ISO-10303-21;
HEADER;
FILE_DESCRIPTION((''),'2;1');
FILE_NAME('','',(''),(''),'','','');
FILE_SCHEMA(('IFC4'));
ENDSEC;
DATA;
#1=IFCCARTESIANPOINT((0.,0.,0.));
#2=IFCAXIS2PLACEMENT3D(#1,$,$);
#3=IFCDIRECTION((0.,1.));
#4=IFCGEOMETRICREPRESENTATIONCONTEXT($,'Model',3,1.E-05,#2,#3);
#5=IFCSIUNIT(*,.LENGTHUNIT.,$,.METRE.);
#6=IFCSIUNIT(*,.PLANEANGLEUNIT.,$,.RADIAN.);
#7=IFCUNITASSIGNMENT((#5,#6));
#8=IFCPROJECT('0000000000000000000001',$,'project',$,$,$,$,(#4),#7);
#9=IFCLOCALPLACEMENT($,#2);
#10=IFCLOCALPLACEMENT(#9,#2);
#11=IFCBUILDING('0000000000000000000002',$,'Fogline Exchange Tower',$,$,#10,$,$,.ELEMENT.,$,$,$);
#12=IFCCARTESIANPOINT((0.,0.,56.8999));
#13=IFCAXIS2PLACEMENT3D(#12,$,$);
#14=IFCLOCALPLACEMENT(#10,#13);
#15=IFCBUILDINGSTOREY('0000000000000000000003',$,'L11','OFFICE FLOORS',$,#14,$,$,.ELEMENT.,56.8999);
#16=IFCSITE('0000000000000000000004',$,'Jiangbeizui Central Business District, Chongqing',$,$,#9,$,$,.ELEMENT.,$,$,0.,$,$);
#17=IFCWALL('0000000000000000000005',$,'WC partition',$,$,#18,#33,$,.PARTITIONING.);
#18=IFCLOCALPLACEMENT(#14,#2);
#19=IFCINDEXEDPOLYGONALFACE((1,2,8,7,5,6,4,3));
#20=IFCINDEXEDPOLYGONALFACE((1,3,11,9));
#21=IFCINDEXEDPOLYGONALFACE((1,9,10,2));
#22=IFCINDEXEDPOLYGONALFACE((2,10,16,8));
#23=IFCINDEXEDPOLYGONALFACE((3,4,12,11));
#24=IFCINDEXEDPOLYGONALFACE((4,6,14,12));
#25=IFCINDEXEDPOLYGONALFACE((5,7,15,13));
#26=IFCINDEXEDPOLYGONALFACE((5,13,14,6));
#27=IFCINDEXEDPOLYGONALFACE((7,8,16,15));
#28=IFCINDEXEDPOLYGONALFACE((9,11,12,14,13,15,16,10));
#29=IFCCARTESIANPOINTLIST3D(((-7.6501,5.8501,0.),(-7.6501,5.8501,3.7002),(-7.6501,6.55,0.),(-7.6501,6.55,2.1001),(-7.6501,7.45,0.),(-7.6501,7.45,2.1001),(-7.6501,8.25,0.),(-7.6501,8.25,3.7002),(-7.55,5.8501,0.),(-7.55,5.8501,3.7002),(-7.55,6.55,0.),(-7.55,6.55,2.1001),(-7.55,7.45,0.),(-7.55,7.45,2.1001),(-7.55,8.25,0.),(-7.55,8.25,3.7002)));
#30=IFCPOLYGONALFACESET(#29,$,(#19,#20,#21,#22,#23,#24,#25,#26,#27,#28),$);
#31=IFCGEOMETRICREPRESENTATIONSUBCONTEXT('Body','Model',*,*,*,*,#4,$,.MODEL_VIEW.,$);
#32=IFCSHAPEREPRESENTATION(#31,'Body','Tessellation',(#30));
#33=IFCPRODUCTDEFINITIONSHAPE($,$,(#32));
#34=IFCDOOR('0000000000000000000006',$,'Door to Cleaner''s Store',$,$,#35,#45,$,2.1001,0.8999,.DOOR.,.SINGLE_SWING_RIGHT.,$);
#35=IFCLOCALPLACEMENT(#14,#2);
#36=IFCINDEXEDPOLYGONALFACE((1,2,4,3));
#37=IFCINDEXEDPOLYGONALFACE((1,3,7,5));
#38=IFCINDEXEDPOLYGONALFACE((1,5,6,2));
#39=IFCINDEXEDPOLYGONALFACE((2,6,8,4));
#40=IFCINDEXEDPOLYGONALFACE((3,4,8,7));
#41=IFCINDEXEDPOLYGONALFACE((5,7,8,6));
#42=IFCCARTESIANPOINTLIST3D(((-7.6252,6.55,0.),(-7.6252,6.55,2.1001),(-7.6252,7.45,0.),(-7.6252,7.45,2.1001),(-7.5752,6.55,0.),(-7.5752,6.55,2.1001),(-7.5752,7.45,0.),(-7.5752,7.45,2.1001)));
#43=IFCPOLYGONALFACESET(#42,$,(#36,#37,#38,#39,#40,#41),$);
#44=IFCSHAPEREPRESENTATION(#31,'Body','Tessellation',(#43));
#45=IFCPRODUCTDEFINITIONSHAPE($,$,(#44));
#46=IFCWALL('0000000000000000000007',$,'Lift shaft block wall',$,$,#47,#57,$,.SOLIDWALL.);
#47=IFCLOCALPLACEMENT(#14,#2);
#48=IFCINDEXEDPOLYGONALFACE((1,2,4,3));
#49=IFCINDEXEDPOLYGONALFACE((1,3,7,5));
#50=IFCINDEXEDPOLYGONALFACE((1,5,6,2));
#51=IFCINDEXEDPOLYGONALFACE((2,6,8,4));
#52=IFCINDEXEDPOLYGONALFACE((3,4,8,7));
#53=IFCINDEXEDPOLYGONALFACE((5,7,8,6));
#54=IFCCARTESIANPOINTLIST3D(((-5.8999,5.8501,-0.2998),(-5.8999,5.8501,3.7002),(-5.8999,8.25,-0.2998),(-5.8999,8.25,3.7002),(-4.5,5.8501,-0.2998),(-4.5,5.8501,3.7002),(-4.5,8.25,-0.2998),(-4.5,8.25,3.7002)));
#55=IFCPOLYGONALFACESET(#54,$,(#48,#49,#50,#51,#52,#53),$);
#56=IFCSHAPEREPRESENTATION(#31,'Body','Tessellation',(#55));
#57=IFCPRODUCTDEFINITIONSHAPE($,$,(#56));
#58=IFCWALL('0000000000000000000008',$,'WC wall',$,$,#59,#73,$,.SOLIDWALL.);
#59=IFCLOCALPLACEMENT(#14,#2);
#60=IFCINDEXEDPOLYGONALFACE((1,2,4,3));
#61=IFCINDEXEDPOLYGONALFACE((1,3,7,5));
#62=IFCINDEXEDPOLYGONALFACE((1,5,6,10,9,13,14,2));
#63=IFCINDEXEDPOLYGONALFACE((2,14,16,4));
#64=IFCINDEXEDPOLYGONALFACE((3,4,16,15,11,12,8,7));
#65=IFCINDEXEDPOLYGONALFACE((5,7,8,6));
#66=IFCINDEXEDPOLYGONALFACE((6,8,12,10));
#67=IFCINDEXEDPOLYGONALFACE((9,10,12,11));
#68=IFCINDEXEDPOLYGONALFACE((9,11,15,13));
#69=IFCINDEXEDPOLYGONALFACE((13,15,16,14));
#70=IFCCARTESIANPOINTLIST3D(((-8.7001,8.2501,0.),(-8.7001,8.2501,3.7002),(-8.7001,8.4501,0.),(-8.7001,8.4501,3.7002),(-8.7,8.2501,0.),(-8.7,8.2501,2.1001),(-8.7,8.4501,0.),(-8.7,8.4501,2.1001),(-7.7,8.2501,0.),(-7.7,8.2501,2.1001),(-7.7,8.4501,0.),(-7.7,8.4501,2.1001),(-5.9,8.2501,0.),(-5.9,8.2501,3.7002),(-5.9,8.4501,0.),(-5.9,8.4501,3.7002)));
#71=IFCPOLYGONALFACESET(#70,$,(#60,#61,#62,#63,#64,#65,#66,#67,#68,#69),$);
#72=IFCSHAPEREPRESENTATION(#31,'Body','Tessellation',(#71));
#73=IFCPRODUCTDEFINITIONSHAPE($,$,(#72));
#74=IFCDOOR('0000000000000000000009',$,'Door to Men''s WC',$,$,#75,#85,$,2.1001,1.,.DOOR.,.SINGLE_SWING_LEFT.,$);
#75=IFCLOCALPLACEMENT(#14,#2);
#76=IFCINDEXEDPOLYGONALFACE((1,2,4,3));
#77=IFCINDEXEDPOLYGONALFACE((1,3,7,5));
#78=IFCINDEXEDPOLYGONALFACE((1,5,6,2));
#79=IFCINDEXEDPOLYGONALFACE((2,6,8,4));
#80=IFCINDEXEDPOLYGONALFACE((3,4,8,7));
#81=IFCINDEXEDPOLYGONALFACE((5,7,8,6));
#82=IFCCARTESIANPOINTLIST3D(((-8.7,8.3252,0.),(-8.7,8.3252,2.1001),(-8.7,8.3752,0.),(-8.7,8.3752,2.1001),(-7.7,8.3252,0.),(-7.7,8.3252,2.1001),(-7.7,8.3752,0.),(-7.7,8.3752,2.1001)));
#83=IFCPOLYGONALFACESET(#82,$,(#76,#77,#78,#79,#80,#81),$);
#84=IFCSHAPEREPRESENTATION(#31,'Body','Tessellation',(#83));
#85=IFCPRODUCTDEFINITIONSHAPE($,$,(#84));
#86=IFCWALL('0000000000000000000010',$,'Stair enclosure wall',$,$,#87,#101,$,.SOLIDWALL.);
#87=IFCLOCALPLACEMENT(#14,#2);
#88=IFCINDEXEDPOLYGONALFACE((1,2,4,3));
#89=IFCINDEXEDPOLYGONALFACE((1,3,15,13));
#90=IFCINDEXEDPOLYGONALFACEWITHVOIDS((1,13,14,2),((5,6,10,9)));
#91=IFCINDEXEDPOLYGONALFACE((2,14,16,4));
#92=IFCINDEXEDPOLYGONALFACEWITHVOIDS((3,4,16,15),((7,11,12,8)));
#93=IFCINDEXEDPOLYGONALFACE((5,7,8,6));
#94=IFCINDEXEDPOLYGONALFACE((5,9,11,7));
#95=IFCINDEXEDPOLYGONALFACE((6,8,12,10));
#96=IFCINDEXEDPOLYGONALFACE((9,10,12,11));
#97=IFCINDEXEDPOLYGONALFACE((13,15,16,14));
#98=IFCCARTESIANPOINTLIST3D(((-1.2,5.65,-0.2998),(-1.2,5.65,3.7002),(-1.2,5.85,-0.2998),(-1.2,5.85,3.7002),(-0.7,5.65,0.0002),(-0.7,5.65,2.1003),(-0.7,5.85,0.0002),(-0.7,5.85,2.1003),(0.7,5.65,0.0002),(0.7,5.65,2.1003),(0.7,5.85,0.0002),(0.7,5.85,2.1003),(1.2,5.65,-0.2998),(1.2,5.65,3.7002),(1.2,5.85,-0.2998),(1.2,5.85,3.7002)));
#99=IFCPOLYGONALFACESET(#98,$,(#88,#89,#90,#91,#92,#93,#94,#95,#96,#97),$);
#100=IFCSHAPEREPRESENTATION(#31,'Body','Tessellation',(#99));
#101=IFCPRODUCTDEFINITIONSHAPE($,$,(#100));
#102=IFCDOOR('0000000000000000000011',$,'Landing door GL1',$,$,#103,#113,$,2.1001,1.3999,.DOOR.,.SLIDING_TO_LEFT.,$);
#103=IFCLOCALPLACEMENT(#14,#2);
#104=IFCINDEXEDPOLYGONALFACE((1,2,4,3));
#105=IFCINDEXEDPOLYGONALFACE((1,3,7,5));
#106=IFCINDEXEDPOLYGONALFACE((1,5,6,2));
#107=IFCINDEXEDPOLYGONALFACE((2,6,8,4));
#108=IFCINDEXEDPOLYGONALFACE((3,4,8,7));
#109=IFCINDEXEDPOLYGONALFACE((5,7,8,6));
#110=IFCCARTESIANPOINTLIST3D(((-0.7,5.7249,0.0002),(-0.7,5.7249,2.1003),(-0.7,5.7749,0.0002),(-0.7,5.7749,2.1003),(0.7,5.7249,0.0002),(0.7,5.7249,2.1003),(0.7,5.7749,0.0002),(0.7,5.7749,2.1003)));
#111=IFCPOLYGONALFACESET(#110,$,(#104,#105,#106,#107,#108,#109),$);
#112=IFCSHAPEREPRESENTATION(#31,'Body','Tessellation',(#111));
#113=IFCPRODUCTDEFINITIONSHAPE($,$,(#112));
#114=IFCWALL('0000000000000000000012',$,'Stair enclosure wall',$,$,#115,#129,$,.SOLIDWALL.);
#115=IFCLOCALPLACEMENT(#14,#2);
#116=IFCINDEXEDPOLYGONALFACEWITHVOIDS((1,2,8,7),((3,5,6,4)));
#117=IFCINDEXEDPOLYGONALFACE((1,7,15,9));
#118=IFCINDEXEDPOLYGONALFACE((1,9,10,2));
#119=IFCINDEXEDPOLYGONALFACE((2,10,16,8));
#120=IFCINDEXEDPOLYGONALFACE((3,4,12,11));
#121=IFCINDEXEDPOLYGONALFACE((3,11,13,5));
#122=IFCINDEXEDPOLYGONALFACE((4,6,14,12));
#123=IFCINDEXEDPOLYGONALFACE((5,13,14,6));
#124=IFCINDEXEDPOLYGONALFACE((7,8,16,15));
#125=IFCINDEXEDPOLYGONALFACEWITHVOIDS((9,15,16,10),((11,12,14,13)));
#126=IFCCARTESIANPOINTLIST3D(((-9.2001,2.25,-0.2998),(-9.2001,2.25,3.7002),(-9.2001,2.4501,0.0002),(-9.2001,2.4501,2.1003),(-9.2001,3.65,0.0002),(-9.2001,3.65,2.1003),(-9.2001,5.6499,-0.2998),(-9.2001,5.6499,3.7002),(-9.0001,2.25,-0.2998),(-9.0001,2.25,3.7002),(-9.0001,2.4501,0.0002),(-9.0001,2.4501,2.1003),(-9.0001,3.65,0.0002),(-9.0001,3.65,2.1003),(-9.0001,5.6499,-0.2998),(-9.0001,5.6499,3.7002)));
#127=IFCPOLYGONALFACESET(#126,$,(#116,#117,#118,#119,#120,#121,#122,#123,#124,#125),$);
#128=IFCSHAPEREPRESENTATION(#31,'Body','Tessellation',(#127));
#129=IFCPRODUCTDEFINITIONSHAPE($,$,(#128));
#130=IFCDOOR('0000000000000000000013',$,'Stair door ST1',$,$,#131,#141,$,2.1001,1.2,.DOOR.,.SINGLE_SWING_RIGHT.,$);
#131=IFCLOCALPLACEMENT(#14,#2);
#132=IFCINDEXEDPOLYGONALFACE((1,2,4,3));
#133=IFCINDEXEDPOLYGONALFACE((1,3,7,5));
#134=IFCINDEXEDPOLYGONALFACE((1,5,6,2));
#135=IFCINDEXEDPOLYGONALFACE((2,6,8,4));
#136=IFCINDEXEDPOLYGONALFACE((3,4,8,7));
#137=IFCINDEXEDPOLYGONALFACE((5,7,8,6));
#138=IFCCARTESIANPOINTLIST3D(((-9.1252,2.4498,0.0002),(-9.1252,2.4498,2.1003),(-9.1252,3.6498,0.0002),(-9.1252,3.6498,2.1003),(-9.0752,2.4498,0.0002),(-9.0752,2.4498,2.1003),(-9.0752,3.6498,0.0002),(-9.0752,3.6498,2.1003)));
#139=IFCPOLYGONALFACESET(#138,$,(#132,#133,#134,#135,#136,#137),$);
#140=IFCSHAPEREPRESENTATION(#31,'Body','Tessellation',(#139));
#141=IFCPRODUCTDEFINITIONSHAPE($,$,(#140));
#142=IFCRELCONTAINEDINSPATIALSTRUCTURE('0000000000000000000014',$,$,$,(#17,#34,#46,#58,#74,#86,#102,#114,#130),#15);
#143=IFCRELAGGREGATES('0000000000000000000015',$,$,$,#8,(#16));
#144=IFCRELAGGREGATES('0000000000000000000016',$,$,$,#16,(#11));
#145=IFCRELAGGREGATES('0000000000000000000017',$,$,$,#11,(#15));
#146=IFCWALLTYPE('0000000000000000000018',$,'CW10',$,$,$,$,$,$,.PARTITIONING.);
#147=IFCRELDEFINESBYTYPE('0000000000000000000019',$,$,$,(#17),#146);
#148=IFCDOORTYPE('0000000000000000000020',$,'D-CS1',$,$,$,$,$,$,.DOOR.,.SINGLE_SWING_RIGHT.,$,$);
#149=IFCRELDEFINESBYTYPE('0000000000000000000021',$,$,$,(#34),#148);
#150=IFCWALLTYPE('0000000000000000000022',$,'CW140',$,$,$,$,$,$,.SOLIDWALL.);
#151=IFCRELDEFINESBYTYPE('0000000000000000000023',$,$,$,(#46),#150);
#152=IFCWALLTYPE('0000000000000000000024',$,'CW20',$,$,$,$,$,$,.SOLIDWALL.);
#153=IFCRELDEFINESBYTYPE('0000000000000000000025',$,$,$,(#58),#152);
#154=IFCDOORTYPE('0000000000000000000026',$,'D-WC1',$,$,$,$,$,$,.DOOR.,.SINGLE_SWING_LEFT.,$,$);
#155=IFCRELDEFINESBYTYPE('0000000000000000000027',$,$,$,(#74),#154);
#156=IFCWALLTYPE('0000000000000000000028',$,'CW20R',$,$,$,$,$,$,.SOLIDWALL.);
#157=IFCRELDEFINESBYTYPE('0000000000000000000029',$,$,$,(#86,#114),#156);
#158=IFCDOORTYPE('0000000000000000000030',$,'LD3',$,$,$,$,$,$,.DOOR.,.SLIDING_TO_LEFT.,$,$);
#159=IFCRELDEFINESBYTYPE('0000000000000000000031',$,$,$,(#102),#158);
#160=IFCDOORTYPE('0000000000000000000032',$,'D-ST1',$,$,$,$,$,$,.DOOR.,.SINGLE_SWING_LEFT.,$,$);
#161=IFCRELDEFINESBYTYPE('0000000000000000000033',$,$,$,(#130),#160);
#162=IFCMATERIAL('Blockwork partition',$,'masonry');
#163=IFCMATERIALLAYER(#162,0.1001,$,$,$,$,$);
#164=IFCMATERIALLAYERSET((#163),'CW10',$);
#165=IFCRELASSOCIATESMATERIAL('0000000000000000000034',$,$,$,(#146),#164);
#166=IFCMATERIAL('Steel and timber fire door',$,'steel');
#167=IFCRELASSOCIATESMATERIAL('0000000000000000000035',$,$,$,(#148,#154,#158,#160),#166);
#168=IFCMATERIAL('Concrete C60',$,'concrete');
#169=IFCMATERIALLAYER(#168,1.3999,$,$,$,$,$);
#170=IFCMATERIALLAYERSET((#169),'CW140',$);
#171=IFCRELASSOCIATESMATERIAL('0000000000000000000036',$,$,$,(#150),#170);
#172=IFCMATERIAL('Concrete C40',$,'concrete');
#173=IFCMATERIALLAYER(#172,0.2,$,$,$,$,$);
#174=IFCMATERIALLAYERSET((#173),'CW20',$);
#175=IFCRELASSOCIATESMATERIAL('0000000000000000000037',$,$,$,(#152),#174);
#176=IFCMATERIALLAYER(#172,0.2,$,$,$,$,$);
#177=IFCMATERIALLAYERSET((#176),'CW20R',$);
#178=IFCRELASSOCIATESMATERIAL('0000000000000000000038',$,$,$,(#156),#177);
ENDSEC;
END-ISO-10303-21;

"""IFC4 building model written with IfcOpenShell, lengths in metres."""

from ifc_helpers import new_model, si_unit, direction, frame, frame_2d, origin, place, context, subcontext, project, spatial, rectangle, extrude, material, layer, layer_set, type_object, element, fill, save


model = new_model("IFC4")

# Units and contexts
model_context = context("Model", 3, precision=1e-05, world=origin(), true_north=direction((0.0, 1.0)))
body_context = subcontext(model_context, "Body", "Model", "MODEL_VIEW")
ifc_project = project(units=[si_unit("LENGTHUNIT", "METRE"), si_unit("PLANEANGLEUNIT", "RADIAN")], contexts=[model_context])

# Site, building, storey
site_placement = place(None, origin())
site = spatial("IfcSite", under=ifc_project, at=site_placement, Name="Jiangbeizui Central Business District, Chongqing", CompositionType="ELEMENT", RefElevation=0.0)
building_placement = place(site_placement, origin())
building = spatial("IfcBuilding", under=site, at=building_placement, Name="Fogline Exchange Tower", CompositionType="ELEMENT")
storey_placement = place(building_placement, frame((0.0, 0.0, 56.8999)))
storey = spatial("IfcBuildingStorey", under=building, at=storey_placement, Name="L11", Description="OFFICE FLOORS", CompositionType="ELEMENT", Elevation=56.8999)

# Wall, opening, door
ifc_material_1 = material(Name="Blockwork partition", Category="masonry")
ifc_layer_1 = layer(ifc_material_1, 0.1001)
ifc_layer_set_1 = layer_set([ifc_layer_1], Name="CW10")
wall_type_1 = type_object("IfcWallType", Name="CW10", PredefinedType="PARTITIONING", material=ifc_layer_set_1)
wall_1_placement = place(storey_placement, frame((-7.6001, 5.8501, 0.0), z_axis=(0.0, 0.0, 1.0), x_axis=(0.0, 1.0, 0.0)))
wall_1 = element("IfcWall", 1, at=wall_1_placement, inside=storey, type_object=wall_type_1, Name="WC partition", PredefinedType="PARTITIONING", context=body_context, shape_type="SweptSolid", body=[
    extrude(rectangle(XDim=2.3999, YDim=0.1001, at=frame_2d((1.2, 0.0))), origin(), (0.0, 0.0, 1.0), 3.7002),
])
opening_1_placement = place(wall_1_placement, frame((0.7, 0.0, 0.0)))
opening_1 = element("IfcOpeningElement", 2, at=opening_1_placement, cuts=wall_1, PredefinedType="OPENING", context=body_context, shape_type="SweptSolid", body=[
    extrude(rectangle(XDim=0.8999, YDim=2.1001, at=frame_2d((0.45, 1.05))), frame((0.0, 0.0601, 0.0), z_axis=(0.0, -1.0, 0.0), x_axis=(1.0, 0.0, 0.0)), (0.0, 0.0, 1.0), 0.1201),
])
ifc_material_2 = material(Name="Steel and timber fire door", Category="steel")
door_type_1 = type_object("IfcDoorType", Name="D-CS1", OperationType="SINGLE_SWING_RIGHT", PredefinedType="DOOR", material=ifc_material_2)
door_1_placement = place(opening_1_placement, frame((0.8999, 0.0, 0.0), z_axis=(0.0, 0.0, 1.0), x_axis=(-1.0, 0.0, 0.0)))
door_1 = element("IfcDoor", 3, at=door_1_placement, inside=storey, type_object=door_type_1, Name="Door to Cleaner's Store", OperationType="SINGLE_SWING_RIGHT", OverallHeight=2.1001, OverallWidth=0.8999, PredefinedType="DOOR", context=body_context, shape_type="SweptSolid", body=[
    extrude(rectangle(XDim=0.8999, YDim=2.1001, at=frame_2d((0.45, 1.05))), frame((0.0, 0.0249, 0.0), z_axis=(0.0, -1.0, 0.0), x_axis=(1.0, 0.0, 0.0)), (0.0, 0.0, 1.0), 0.05),
])
fill(opening_1, door_1)

# Wall
ifc_material_3 = material(Name="Concrete C60", Category="concrete")
ifc_layer_2 = layer(ifc_material_3, 1.3999)
ifc_layer_set_2 = layer_set([ifc_layer_2], Name="CW140")
wall_type_2 = type_object("IfcWallType", Name="CW140", PredefinedType="SOLIDWALL", material=ifc_layer_set_2)
wall_2_placement = place(storey_placement, frame((-5.2, 5.8501, -0.2998), z_axis=(0.0, 0.0, 1.0), x_axis=(0.0, 1.0, 0.0)))
element("IfcWall", 4, at=wall_2_placement, inside=storey, type_object=wall_type_2, Name="Lift shaft block wall", PredefinedType="SOLIDWALL", context=body_context, shape_type="SweptSolid", body=[
    extrude(rectangle(XDim=2.3999, YDim=1.3999, at=frame_2d((1.2, 0.0))), origin(), (0.0, 0.0, 1.0), 4.0),
])

# Walls, openings, doors
ifc_material_4 = material(Name="Concrete C40", Category="concrete")
ifc_layer_3 = layer(ifc_material_4, 0.2)
ifc_layer_set_3 = layer_set([ifc_layer_3], Name="CW20")
wall_type_3 = type_object("IfcWallType", Name="CW20", PredefinedType="SOLIDWALL", material=ifc_layer_set_3)
wall_3_placement = place(storey_placement, frame((-8.7, 8.3501, 0.0), z_axis=(0.0, 0.0, 1.0), x_axis=(1.0, 0.0, 0.0)))
wall_3 = element("IfcWall", 5, at=wall_3_placement, inside=storey, type_object=wall_type_3, Name="WC wall", PredefinedType="SOLIDWALL", context=body_context, shape_type="SweptSolid", body=[
    extrude(rectangle(XDim=2.8, YDim=0.2, at=frame_2d((1.3999, 0.0))), origin(), (0.0, 0.0, 1.0), 3.7002),
])
opening_2_placement = place(wall_3_placement, origin())
opening_2 = element("IfcOpeningElement", 6, at=opening_2_placement, cuts=wall_3, PredefinedType="OPENING", context=body_context, shape_type="SweptSolid", body=[
    extrude(rectangle(XDim=1.0, YDim=2.1001, at=frame_2d((0.5, 1.05))), frame((0.0, 0.1099, 0.0), z_axis=(0.0, -1.0, 0.0), x_axis=(1.0, 0.0, 0.0)), (0.0, 0.0, 1.0), 0.22),
])
door_type_2 = type_object("IfcDoorType", Name="D-WC1", OperationType="SINGLE_SWING_LEFT", PredefinedType="DOOR", material=ifc_material_2)
door_2_placement = place(opening_2_placement, frame((1.0, 0.0, 0.0), z_axis=(0.0, 0.0, 1.0), x_axis=(-1.0, 0.0, 0.0)))
door_2 = element("IfcDoor", 7, at=door_2_placement, inside=storey, type_object=door_type_2, Name="Door to Men's WC", OperationType="SINGLE_SWING_LEFT", OverallHeight=2.1001, OverallWidth=1.0, PredefinedType="DOOR", context=body_context, shape_type="SweptSolid", body=[
    extrude(rectangle(XDim=1.0, YDim=2.1001, at=frame_2d((0.5, 1.05))), frame((0.0, 0.0249, 0.0), z_axis=(0.0, -1.0, 0.0), x_axis=(1.0, 0.0, 0.0)), (0.0, 0.0, 1.0), 0.05),
])
fill(opening_2, door_2)
ifc_layer_4 = layer(ifc_material_4, 0.2)
ifc_layer_set_4 = layer_set([ifc_layer_4], Name="CW20R")
wall_type_4 = type_object("IfcWallType", Name="CW20R", PredefinedType="SOLIDWALL", material=ifc_layer_set_4)
wall_4_placement = place(storey_placement, frame((-1.2, 5.75, -0.2998), z_axis=(0.0, 0.0, 1.0), x_axis=(1.0, 0.0, 0.0)))
wall_4 = element("IfcWall", 8, at=wall_4_placement, inside=storey, type_object=wall_type_4, Name="Stair enclosure wall", PredefinedType="SOLIDWALL", context=body_context, shape_type="SweptSolid", body=[
    extrude(rectangle(XDim=2.3999, YDim=0.2, at=frame_2d((1.2, 0.0))), origin(), (0.0, 0.0, 1.0), 4.0),
])
opening_3_placement = place(wall_4_placement, frame((0.5, 0.0, 0.3)))
opening_3 = element("IfcOpeningElement", 9, at=opening_3_placement, cuts=wall_4, PredefinedType="OPENING", context=body_context, shape_type="SweptSolid", body=[
    extrude(rectangle(XDim=1.3999, YDim=2.1001, at=frame_2d((0.7, 1.05))), frame((0.0, 0.1099, 0.0), z_axis=(0.0, -1.0, 0.0), x_axis=(1.0, 0.0, 0.0)), (0.0, 0.0, 1.0), 0.22),
])
door_type_3 = type_object("IfcDoorType", Name="LD3", OperationType="SLIDING_TO_LEFT", PredefinedType="DOOR", material=ifc_material_2)
door_3_placement = place(opening_3_placement, origin())
door_3 = element("IfcDoor", 10, at=door_3_placement, inside=storey, type_object=door_type_3, Name="Landing door GL1", OperationType="SLIDING_TO_LEFT", OverallHeight=2.1001, OverallWidth=1.3999, PredefinedType="DOOR", context=body_context, shape_type="SweptSolid", body=[
    extrude(rectangle(XDim=1.3999, YDim=2.1001, at=frame_2d((0.7, 1.05))), frame((0.0, 0.0249, 0.0), z_axis=(0.0, -1.0, 0.0), x_axis=(1.0, 0.0, 0.0)), (0.0, 0.0, 1.0), 0.05),
])
fill(opening_3, door_3)
wall_5_placement = place(storey_placement, frame((-9.1001, 2.25, -0.2998), z_axis=(0.0, 0.0, 1.0), x_axis=(0.0, 1.0, 0.0)))
wall_5 = element("IfcWall", 11, at=wall_5_placement, inside=storey, type_object=wall_type_4, Name="Stair enclosure wall", PredefinedType="SOLIDWALL", context=body_context, shape_type="SweptSolid", body=[
    extrude(rectangle(XDim=3.3999, YDim=0.2, at=frame_2d((1.7, 0.0))), origin(), (0.0, 0.0, 1.0), 4.0),
])
opening_4_placement = place(wall_5_placement, frame((0.2, 0.0, 0.3)))
opening_4 = element("IfcOpeningElement", 12, at=opening_4_placement, cuts=wall_5, PredefinedType="OPENING", context=body_context, shape_type="SweptSolid", body=[
    extrude(rectangle(XDim=1.2, YDim=2.1001, at=frame_2d((0.6001, 1.05))), frame((0.0, 0.1099, 0.0), z_axis=(0.0, -1.0, 0.0), x_axis=(1.0, 0.0, 0.0)), (0.0, 0.0, 1.0), 0.22),
])
door_type_4 = type_object("IfcDoorType", Name="D-ST1", OperationType="SINGLE_SWING_LEFT", PredefinedType="DOOR", material=ifc_material_2)
door_4_placement = place(opening_4_placement, frame((1.2, 0.0, 0.0), z_axis=(0.0, 0.0, 1.0), x_axis=(-1.0, 0.0, 0.0)))
door_4 = element("IfcDoor", 13, at=door_4_placement, inside=storey, type_object=door_type_4, Name="Stair door ST1", OperationType="SINGLE_SWING_RIGHT", OverallHeight=2.1001, OverallWidth=1.2, PredefinedType="DOOR", context=body_context, shape_type="SweptSolid", body=[
    extrude(rectangle(XDim=1.2, YDim=2.1001, at=frame_2d((0.6001, 1.05))), frame((0.0, 0.0249, 0.0), z_axis=(0.0, -1.0, 0.0), x_axis=(1.0, 0.0, 0.0)), (0.0, 0.0, 1.0), 0.05),
])
fill(opening_4, door_4)

save(model, "model.ifc")
